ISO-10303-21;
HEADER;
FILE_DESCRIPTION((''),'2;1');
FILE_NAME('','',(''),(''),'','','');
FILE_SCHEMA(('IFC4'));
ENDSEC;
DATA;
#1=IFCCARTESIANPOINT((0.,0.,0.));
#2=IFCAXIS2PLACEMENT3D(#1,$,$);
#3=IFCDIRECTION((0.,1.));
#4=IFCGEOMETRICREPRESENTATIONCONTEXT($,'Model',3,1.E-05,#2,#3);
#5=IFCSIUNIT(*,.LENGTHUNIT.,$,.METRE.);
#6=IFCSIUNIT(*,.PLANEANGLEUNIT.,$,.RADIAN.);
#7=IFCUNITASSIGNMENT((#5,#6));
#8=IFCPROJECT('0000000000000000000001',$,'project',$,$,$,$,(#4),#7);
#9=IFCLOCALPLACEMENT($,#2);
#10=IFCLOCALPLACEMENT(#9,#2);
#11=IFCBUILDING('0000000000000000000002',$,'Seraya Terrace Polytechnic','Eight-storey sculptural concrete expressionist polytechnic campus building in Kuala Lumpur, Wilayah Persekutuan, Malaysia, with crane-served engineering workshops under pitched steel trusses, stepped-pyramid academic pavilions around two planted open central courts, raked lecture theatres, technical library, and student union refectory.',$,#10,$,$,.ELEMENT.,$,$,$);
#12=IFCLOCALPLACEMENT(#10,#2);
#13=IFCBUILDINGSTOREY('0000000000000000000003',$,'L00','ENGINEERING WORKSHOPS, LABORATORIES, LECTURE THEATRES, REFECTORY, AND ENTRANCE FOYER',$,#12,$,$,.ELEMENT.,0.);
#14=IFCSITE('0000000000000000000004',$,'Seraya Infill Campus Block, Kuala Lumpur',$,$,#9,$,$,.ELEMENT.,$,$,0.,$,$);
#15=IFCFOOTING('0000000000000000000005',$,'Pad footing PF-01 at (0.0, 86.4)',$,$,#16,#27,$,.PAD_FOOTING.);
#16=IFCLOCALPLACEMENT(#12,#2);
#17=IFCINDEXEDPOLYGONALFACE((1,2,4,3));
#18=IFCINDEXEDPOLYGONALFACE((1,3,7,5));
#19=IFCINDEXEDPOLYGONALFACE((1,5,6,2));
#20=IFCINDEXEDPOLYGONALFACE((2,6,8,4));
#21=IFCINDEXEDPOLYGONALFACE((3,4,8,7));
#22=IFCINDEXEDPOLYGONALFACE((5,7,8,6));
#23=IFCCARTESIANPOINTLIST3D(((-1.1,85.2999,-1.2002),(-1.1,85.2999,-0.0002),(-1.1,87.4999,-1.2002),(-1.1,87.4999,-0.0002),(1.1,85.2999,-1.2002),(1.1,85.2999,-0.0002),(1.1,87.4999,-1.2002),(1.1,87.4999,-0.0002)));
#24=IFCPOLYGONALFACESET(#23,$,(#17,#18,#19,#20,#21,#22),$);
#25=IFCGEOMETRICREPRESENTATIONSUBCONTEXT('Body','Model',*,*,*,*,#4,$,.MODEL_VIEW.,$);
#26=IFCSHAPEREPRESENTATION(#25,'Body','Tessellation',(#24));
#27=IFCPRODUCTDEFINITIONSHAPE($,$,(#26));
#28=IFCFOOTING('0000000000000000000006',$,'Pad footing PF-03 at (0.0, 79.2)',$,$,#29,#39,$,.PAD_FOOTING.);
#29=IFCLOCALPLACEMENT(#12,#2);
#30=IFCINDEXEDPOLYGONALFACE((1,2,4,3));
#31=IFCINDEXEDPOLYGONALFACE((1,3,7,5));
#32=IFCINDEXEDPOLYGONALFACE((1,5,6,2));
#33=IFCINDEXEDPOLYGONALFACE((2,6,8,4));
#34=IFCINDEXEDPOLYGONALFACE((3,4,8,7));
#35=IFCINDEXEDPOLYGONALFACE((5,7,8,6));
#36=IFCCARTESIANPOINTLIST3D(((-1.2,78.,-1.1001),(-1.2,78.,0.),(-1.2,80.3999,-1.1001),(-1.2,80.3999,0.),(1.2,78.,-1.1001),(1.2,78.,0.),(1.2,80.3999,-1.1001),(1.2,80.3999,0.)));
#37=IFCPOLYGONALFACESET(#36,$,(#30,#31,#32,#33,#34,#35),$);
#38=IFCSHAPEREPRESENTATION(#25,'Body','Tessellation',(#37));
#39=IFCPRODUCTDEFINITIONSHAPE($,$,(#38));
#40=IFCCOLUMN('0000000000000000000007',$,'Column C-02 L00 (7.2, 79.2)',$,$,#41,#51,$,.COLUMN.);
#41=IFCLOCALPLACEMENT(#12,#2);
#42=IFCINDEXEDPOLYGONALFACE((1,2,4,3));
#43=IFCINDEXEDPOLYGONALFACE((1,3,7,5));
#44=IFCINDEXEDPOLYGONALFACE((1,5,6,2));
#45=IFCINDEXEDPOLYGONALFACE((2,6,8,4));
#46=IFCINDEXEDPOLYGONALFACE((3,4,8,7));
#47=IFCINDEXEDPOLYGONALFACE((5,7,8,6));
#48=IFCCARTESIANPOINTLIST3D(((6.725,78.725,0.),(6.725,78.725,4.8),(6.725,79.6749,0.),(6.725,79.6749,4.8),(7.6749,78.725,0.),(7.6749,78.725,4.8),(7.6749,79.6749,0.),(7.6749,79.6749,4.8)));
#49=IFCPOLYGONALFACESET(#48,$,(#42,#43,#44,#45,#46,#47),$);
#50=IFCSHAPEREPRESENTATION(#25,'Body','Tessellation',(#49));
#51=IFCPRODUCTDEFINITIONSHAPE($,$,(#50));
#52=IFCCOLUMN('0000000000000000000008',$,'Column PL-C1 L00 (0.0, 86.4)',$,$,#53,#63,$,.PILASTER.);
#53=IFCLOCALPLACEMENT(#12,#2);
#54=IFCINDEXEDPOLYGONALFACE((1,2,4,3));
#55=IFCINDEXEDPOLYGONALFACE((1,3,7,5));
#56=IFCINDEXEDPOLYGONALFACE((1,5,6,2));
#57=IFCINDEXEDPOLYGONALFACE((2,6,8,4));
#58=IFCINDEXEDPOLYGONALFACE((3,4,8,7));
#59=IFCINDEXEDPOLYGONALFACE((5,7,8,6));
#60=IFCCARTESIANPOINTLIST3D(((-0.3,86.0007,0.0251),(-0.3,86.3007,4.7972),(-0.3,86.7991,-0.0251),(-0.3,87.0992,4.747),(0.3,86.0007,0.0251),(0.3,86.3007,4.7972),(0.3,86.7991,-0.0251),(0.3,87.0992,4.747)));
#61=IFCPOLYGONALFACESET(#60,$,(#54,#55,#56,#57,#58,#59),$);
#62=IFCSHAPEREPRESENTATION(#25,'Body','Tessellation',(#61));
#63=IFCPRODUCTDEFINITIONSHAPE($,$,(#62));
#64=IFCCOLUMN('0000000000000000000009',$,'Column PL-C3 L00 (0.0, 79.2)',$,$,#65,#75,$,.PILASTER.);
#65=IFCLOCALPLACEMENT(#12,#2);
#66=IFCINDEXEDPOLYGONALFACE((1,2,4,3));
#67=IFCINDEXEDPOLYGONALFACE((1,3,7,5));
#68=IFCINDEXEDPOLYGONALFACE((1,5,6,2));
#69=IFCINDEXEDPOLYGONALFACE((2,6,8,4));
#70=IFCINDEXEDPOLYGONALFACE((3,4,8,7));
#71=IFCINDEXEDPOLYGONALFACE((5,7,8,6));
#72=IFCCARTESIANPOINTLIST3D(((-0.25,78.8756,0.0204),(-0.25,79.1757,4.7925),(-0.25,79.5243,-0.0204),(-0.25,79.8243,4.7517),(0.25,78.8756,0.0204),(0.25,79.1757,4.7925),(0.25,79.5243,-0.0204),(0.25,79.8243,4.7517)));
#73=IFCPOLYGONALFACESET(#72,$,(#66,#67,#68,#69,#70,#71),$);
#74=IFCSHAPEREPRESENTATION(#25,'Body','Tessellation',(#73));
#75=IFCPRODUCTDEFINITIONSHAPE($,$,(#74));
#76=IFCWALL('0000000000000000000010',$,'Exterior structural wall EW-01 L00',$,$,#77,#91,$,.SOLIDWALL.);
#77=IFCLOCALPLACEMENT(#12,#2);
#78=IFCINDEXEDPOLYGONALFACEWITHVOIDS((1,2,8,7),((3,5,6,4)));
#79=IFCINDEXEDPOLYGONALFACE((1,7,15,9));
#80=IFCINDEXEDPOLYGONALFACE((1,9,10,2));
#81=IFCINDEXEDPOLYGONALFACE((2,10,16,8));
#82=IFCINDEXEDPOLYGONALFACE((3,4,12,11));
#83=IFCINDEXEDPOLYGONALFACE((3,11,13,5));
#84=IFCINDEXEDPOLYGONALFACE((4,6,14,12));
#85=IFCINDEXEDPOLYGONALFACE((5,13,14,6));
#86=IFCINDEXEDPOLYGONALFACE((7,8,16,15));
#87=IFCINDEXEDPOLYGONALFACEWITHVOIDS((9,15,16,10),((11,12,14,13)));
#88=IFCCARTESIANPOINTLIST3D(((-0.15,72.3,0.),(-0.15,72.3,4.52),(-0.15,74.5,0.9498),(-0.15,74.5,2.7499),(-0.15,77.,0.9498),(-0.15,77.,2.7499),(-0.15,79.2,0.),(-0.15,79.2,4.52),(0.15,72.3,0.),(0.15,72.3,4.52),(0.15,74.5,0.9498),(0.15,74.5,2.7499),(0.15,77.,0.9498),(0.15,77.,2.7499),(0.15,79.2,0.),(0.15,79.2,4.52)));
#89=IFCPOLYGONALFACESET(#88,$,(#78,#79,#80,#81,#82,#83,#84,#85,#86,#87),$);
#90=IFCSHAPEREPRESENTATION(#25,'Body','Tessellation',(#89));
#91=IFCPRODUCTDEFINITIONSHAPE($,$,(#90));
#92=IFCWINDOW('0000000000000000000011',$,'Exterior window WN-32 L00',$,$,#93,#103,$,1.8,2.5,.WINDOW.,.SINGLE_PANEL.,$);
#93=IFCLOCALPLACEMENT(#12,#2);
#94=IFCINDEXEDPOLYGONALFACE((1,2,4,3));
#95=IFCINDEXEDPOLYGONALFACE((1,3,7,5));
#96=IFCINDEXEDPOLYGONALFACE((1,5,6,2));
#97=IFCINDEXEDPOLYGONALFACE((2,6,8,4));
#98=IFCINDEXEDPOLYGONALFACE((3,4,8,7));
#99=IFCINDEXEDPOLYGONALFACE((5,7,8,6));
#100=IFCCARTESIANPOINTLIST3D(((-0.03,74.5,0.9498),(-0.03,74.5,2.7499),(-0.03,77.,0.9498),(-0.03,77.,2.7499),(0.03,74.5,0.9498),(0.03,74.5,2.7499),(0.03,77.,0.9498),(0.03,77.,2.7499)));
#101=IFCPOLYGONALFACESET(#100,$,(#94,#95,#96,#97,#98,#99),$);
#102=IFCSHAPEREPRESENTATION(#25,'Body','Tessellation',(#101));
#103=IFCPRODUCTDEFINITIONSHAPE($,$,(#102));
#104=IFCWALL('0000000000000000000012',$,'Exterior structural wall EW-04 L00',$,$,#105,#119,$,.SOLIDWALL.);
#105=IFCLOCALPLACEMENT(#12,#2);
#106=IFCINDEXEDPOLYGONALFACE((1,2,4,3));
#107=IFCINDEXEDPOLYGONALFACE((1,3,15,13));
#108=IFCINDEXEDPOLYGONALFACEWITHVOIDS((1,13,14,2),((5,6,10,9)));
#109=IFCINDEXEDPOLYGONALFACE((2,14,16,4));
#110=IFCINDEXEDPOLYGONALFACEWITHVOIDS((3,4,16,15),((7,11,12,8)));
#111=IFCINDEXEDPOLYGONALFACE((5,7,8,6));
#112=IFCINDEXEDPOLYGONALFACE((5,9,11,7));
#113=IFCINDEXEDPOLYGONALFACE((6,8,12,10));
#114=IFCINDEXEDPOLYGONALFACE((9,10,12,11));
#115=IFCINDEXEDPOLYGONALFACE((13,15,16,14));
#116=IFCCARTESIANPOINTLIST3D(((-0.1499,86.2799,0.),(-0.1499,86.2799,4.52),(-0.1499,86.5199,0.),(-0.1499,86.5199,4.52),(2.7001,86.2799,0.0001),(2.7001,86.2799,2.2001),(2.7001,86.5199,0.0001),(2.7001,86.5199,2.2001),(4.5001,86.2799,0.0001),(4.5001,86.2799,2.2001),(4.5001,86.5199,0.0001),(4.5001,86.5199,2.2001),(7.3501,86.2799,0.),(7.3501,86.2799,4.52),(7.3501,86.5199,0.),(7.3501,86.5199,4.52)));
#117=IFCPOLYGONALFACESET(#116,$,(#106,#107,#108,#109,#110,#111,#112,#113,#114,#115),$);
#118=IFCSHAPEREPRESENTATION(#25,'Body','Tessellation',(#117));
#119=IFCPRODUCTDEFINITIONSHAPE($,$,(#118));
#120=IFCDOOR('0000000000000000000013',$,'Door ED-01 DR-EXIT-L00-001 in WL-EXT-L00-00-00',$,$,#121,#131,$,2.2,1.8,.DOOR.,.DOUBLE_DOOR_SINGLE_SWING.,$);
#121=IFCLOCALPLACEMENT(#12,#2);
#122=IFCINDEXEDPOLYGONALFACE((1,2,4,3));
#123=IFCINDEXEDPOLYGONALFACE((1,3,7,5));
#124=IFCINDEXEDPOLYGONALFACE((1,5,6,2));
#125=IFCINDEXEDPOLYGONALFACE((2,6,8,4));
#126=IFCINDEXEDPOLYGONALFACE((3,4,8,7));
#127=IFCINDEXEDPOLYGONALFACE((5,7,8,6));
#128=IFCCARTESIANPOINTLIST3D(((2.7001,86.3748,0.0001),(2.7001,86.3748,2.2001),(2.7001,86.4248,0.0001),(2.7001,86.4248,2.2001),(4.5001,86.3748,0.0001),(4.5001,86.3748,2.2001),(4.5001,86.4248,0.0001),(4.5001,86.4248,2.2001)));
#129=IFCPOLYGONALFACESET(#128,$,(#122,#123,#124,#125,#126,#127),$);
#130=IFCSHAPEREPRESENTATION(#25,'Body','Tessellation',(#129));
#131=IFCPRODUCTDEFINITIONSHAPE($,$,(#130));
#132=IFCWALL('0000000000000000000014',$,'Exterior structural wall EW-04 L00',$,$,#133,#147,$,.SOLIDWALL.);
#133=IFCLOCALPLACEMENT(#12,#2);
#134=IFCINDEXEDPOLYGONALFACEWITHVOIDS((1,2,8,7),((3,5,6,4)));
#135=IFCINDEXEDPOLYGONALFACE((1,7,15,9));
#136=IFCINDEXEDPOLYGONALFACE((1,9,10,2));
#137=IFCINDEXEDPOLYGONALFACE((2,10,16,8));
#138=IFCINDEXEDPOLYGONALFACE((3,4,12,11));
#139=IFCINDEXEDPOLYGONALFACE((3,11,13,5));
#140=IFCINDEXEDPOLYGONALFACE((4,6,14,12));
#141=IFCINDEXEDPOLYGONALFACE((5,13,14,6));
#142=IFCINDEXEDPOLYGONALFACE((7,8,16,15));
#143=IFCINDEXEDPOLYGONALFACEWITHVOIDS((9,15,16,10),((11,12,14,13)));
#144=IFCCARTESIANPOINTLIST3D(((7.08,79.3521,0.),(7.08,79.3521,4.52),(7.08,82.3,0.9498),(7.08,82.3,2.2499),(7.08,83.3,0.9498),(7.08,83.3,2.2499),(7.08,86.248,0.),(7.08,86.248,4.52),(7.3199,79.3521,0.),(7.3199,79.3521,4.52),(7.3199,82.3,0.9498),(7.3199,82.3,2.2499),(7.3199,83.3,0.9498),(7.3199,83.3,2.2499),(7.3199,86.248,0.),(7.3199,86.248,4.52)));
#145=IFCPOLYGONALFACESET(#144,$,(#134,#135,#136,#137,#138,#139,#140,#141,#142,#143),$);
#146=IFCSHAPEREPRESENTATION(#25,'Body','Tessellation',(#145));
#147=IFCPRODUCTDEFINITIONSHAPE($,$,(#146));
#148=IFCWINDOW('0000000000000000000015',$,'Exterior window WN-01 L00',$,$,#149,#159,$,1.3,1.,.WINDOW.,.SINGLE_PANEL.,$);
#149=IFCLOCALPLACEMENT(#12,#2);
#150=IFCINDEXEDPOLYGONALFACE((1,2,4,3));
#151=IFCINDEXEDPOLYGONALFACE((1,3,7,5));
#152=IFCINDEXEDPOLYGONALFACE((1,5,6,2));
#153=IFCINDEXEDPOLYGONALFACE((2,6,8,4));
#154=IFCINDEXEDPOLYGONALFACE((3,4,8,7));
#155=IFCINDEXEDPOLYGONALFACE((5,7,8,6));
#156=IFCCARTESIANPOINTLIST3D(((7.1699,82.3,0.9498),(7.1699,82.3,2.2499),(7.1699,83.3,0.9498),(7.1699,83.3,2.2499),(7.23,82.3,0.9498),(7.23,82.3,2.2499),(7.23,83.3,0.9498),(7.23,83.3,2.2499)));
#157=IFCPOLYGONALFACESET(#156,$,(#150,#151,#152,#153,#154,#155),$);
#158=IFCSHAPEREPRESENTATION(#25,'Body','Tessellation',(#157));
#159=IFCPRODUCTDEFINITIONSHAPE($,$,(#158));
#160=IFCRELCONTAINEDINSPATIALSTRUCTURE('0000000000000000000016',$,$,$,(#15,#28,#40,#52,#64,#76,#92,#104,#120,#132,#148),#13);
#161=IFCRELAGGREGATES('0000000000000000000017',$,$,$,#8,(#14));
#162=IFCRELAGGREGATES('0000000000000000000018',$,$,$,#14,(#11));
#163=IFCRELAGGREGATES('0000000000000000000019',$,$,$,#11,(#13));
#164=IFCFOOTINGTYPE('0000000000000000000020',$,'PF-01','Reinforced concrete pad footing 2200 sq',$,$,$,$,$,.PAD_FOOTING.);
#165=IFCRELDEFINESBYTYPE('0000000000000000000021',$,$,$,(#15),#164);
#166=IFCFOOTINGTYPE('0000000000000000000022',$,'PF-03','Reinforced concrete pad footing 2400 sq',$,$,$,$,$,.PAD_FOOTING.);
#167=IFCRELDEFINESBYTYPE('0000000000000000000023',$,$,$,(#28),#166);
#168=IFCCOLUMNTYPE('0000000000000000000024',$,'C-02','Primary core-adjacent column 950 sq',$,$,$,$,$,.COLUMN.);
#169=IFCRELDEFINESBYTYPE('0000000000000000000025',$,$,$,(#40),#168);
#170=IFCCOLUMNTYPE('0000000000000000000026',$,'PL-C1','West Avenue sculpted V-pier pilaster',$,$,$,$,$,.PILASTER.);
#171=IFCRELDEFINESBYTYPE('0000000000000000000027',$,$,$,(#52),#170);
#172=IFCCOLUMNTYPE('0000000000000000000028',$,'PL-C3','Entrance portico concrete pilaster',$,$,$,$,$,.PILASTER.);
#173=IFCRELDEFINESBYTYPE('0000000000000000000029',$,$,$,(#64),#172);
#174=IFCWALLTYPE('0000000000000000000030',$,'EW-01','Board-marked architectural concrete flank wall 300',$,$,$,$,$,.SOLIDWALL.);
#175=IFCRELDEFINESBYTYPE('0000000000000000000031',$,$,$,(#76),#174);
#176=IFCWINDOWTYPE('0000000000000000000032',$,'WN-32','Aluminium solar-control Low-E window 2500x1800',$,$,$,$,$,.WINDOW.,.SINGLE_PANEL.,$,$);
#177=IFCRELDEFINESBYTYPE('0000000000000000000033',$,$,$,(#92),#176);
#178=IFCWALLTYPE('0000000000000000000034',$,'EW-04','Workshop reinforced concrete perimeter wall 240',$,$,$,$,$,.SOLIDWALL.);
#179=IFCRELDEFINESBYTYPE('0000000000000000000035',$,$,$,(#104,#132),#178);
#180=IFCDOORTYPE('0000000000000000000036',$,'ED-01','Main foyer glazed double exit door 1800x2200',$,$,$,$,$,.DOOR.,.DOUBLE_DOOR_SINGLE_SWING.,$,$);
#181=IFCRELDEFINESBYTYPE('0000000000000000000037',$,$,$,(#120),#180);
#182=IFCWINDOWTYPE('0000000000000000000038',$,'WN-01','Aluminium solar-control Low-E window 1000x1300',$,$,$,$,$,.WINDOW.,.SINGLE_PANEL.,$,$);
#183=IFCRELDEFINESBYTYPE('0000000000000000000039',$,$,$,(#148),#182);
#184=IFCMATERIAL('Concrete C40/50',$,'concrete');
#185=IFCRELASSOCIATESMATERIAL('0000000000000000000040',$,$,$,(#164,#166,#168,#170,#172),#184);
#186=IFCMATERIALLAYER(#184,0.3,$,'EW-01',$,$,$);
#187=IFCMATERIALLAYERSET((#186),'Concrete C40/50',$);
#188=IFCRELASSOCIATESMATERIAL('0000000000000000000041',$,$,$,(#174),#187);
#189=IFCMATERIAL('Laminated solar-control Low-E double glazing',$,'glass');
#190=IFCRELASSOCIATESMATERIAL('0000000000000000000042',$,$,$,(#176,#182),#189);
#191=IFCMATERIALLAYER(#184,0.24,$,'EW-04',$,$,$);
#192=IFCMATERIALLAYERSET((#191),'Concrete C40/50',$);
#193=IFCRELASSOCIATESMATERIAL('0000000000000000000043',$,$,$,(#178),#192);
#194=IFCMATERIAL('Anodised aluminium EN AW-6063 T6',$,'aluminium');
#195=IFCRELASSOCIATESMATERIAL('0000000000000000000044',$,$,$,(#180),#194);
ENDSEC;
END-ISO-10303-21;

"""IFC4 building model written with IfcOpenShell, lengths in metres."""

from ifc_helpers import new_model, si_unit, direction, frame, frame_2d, origin, origin_2d, place, context, subcontext, project, spatial, rectangle, extrude, material, layer, layer_set, material_profile, profile_set, type_object, element, fill, save


model = new_model("IFC4")

# Units and contexts
model_context = context("Model", 3, precision=1e-05, world=origin(), true_north=direction((0.0, 1.0)))
body_context = subcontext(model_context, "Body", "Model", "MODEL_VIEW")
ifc_project = project(units=[si_unit("LENGTHUNIT", "METRE"), si_unit("PLANEANGLEUNIT", "RADIAN")], contexts=[model_context])

# Site, building, storey
site_placement = place(None, origin())
site = spatial("IfcSite", under=ifc_project, at=site_placement, Name="Seraya Infill Campus Block, Kuala Lumpur", CompositionType="ELEMENT", RefElevation=0.0)
building_placement = place(site_placement, origin())
building = spatial("IfcBuilding", under=site, at=building_placement, Name="Seraya Terrace Polytechnic", Description="Eight-storey sculptural concrete expressionist polytechnic campus building in Kuala Lumpur, Wilayah Persekutuan, Malaysia, with crane-served engineering workshops under pitched steel trusses, stepped-pyramid academic pavilions around two planted open central courts, raked lecture theatres, technical library, and student union refectory.", CompositionType="ELEMENT")
storey_placement = place(building_placement, origin())
storey = spatial("IfcBuildingStorey", under=building, at=storey_placement, Name="L00", Description="ENGINEERING WORKSHOPS, LABORATORIES, LECTURE THEATRES, REFECTORY, AND ENTRANCE FOYER", CompositionType="ELEMENT", Elevation=0.0)

# Shared definitions
ifc_material_1 = material(Name="Concrete C40/50", Category="concrete")

# Footings
footing_type_1 = type_object("IfcFootingType", Name="PF-01", Description="Reinforced concrete pad footing 2200 sq", PredefinedType="PAD_FOOTING", material=ifc_material_1)
footing_1_placement = place(storey_placement, frame((0.0, 86.3999, -1.2002), z_axis=(0.0, 0.0, 1.0), x_axis=(1.0, 0.0, 0.0)))
element("IfcFooting", 1, at=footing_1_placement, inside=storey, type_object=footing_type_1, Name="Pad footing PF-01 at (0.0, 86.4)", PredefinedType="PAD_FOOTING", context=body_context, shape_type="SweptSolid", body=[
    extrude(rectangle(XDim=2.2, YDim=2.2, at=origin_2d()), origin(), (0.0, 0.0, 1.0), 1.2),
])
footing_type_2 = type_object("IfcFootingType", Name="PF-03", Description="Reinforced concrete pad footing 2400 sq", PredefinedType="PAD_FOOTING", material=ifc_material_1)
footing_2_placement = place(storey_placement, frame((0.0, 79.2, -1.1001), z_axis=(0.0, 0.0, 1.0), x_axis=(1.0, 0.0, 0.0)))
element("IfcFooting", 2, at=footing_2_placement, inside=storey, type_object=footing_type_2, Name="Pad footing PF-03 at (0.0, 79.2)", PredefinedType="PAD_FOOTING", context=body_context, shape_type="SweptSolid", body=[
    extrude(rectangle(XDim=2.3999, YDim=2.3999, at=origin_2d()), origin(), (0.0, 0.0, 1.0), 1.1001),
])

# Columns
ifc_material_profile_1 = material_profile(ifc_material_1, rectangle(XDim=0.95, YDim=0.95, at=origin_2d()), Name="RC 950x950")
ifc_profile_set_1 = profile_set([ifc_material_profile_1], Name="Concrete C40/50")
column_type_1 = type_object("IfcColumnType", Name="C-02", Description="Primary core-adjacent column 950 sq", PredefinedType="COLUMN", material=ifc_profile_set_1)
column_1_placement = place(storey_placement, frame((7.2, 79.2, 0.0), z_axis=(0.0, 0.0, 1.0), x_axis=(1.0, 0.0, 0.0)))
element("IfcColumn", 3, at=column_1_placement, inside=storey, type_object=column_type_1, Name="Column C-02 L00 (7.2, 79.2)", PredefinedType="COLUMN", context=body_context, shape_type="SweptSolid", body=[
    extrude(rectangle(XDim=0.95, YDim=0.95, at=origin_2d()), origin(), (0.0, 0.0, 1.0), 4.8),
])
ifc_material_profile_2 = material_profile(ifc_material_1, rectangle(XDim=0.6001, YDim=0.8, at=origin_2d()), Name="RC 600x800")
ifc_profile_set_2 = profile_set([ifc_material_profile_2], Name="Concrete C40/50")
column_type_2 = type_object("IfcColumnType", Name="PL-C1", Description="West Avenue sculpted V-pier pilaster", PredefinedType="PILASTER", material=ifc_profile_set_2)
column_2_placement = place(storey_placement, frame((0.0, 86.3999, 0.0), z_axis=(0.0, 0.062753, 0.998029), x_axis=(-1.0, 0.0, 0.0)))
element("IfcColumn", 4, at=column_2_placement, inside=storey, type_object=column_type_2, Name="Column PL-C1 L00 (0.0, 86.4)", PredefinedType="PILASTER", context=body_context, shape_type="SweptSolid", body=[
    extrude(rectangle(XDim=0.6001, YDim=0.8, at=origin_2d()), origin(), (0.0, 0.0, 1.0), 4.7815),
])
ifc_material_profile_3 = material_profile(ifc_material_1, rectangle(XDim=0.5, YDim=0.6499, at=origin_2d()), Name="RC 500x650")
ifc_profile_set_3 = profile_set([ifc_material_profile_3], Name="Concrete C40/50")
column_type_3 = type_object("IfcColumnType", Name="PL-C3", Description="Entrance portico concrete pilaster", PredefinedType="PILASTER", material=ifc_profile_set_3)
column_3_placement = place(storey_placement, frame((0.0, 79.2, 0.0), z_axis=(0.0, 0.062753, 0.998029), x_axis=(-1.0, 0.0, 0.0)))
element("IfcColumn", 5, at=column_3_placement, inside=storey, type_object=column_type_3, Name="Column PL-C3 L00 (0.0, 79.2)", PredefinedType="PILASTER", context=body_context, shape_type="SweptSolid", body=[
    extrude(rectangle(XDim=0.5, YDim=0.6499, at=origin_2d()), origin(), (0.0, 0.0, 1.0), 4.7815),
])

# Wall, opening, window
ifc_layer_1 = layer(ifc_material_1, 0.3, Name="EW-01")
ifc_layer_set_1 = layer_set([ifc_layer_1], Name="Concrete C40/50")
wall_type_1 = type_object("IfcWallType", Name="EW-01", Description="Board-marked architectural concrete flank wall 300", PredefinedType="SOLIDWALL", material=ifc_layer_set_1)
wall_1_placement = place(storey_placement, frame((0.0, 72.3, 0.0), z_axis=(0.0, 0.0, 1.0), x_axis=(0.0, 1.0, 0.0)))
wall_1 = element("IfcWall", 6, at=wall_1_placement, inside=storey, type_object=wall_type_1, Name="Exterior structural wall EW-01 L00", PredefinedType="SOLIDWALL", context=body_context, shape_type="SweptSolid", body=[
    extrude(rectangle(XDim=6.8999, YDim=0.3, at=frame_2d((3.45, 0.0))), origin(), (0.0, 0.0, 1.0), 4.52),
])
opening_1_placement = place(wall_1_placement, frame((2.2, 0.0, 0.95)))
opening_1 = element("IfcOpeningElement", 7, at=opening_1_placement, cuts=wall_1, PredefinedType="OPENING", context=body_context, shape_type="SweptSolid", body=[
    extrude(rectangle(XDim=2.5, YDim=1.8, at=frame_2d((1.25, 0.8999))), frame((0.0, 0.1621, 0.0), z_axis=(0.0, -1.0, 0.0), x_axis=(1.0, 0.0, 0.0)), (0.0, 0.0, 1.0), 0.324),
])
ifc_material_2 = material(Name="Laminated solar-control Low-E double glazing", Category="glass")
window_type_1 = type_object("IfcWindowType", Name="WN-32", Description="Aluminium solar-control Low-E window 2500x1800", PartitioningType="SINGLE_PANEL", PredefinedType="WINDOW", material=ifc_material_2)
window_1_placement = place(opening_1_placement, origin())
window_1 = element("IfcWindow", 8, at=window_1_placement, inside=storey, type_object=window_type_1, Name="Exterior window WN-32 L00", OverallHeight=1.8, OverallWidth=2.5, PartitioningType="SINGLE_PANEL", PredefinedType="WINDOW", context=body_context, shape_type="SweptSolid", body=[
    extrude(rectangle(XDim=2.5, YDim=1.8, at=frame_2d((1.25, 0.8999))), frame((0.0, 0.03, 0.0), z_axis=(0.0, -1.0, 0.0), x_axis=(1.0, 0.0, 0.0)), (0.0, 0.0, 1.0), 0.0601),
])
fill(opening_1, window_1)

# Wall, opening, door
ifc_layer_2 = layer(ifc_material_1, 0.24, Name="EW-04")
ifc_layer_set_2 = layer_set([ifc_layer_2], Name="Concrete C40/50")
wall_type_2 = type_object("IfcWallType", Name="EW-04", Description="Workshop reinforced concrete perimeter wall 240", PredefinedType="SOLIDWALL", material=ifc_layer_set_2)
wall_2_placement = place(storey_placement, frame((-0.1499, 86.3999, 0.0), z_axis=(0.0, 0.0, 1.0), x_axis=(1.0, 0.0, 0.0)))
wall_2 = element("IfcWall", 9, at=wall_2_placement, inside=storey, type_object=wall_type_2, Name="Exterior structural wall EW-04 L00", PredefinedType="SOLIDWALL", context=body_context, shape_type="SweptSolid", body=[
    extrude(rectangle(XDim=7.5, YDim=0.24, at=frame_2d((3.75, 0.0))), origin(), (0.0, 0.0, 1.0), 4.52),
])
opening_2_placement = place(wall_2_placement, frame((2.8501, 0.0, 0.0)))
opening_2 = element("IfcOpeningElement", 10, at=opening_2_placement, cuts=wall_2, PredefinedType="OPENING", context=body_context, shape_type="SweptSolid", body=[
    extrude(rectangle(XDim=1.8, YDim=2.2, at=frame_2d((0.8999, 1.1001))), frame((0.0, 0.1318, 0.0), z_axis=(0.0, -1.0, 0.0), x_axis=(1.0, 0.0, 0.0)), (0.0, 0.0, 1.0), 0.2639),
])
ifc_material_3 = material(Name="Anodised aluminium EN AW-6063 T6", Category="aluminium")
door_type_1 = type_object("IfcDoorType", Name="ED-01", Description="Main foyer glazed double exit door 1800x2200", OperationType="DOUBLE_DOOR_SINGLE_SWING", PredefinedType="DOOR", material=ifc_material_3)
door_1_placement = place(opening_2_placement, origin())
door_1 = element("IfcDoor", 11, at=door_1_placement, inside=storey, type_object=door_type_1, Name="Door ED-01 DR-EXIT-L00-001 in WL-EXT-L00-00-00", OperationType="DOUBLE_DOOR_SINGLE_SWING", OverallHeight=2.2, OverallWidth=1.8, PredefinedType="DOOR", context=body_context, shape_type="SweptSolid", body=[
    extrude(rectangle(XDim=1.8, YDim=2.2, at=frame_2d((0.8999, 1.1001))), frame((0.0, 0.0249, 0.0), z_axis=(0.0, -1.0, 0.0), x_axis=(1.0, 0.0, 0.0)), (0.0, 0.0, 1.0), 0.05),
])
fill(opening_2, door_1)

# Wall, opening, window
wall_3_placement = place(storey_placement, frame((7.2, 86.248, 0.0), z_axis=(0.0, 0.0, 1.0), x_axis=(0.0, -1.0, 0.0)))
wall_3 = element("IfcWall", 12, at=wall_3_placement, inside=storey, type_object=wall_type_2, Name="Exterior structural wall EW-04 L00", PredefinedType="SOLIDWALL", context=body_context, shape_type="SweptSolid", body=[
    extrude(rectangle(XDim=6.896, YDim=0.24, at=frame_2d((3.448, 0.0))), origin(), (0.0, 0.0, 1.0), 4.52),
])
opening_3_placement = place(wall_3_placement, frame((2.948, 0.0, 0.95)))
opening_3 = element("IfcOpeningElement", 13, at=opening_3_placement, cuts=wall_3, PredefinedType="OPENING", context=body_context, shape_type="SweptSolid", body=[
    extrude(rectangle(XDim=1.0, YDim=1.3, at=frame_2d((0.5, 0.6499))), frame((0.0, 0.1318, 0.0), z_axis=(0.0, -1.0, 0.0), x_axis=(1.0, 0.0, 0.0)), (0.0, 0.0, 1.0), 0.2639),
])
window_type_2 = type_object("IfcWindowType", Name="WN-01", Description="Aluminium solar-control Low-E window 1000x1300", PartitioningType="SINGLE_PANEL", PredefinedType="WINDOW", material=ifc_material_2)
window_2_placement = place(opening_3_placement, origin())
window_2 = element("IfcWindow", 14, at=window_2_placement, inside=storey, type_object=window_type_2, Name="Exterior window WN-01 L00", OverallHeight=1.3, OverallWidth=1.0, PartitioningType="SINGLE_PANEL", PredefinedType="WINDOW", context=body_context, shape_type="SweptSolid", body=[
    extrude(rectangle(XDim=1.0, YDim=1.3, at=frame_2d((0.5, 0.6499))), frame((0.0, 0.03, 0.0), z_axis=(0.0, -1.0, 0.0), x_axis=(1.0, 0.0, 0.0)), (0.0, 0.0, 1.0), 0.0601),
])
fill(opening_3, window_2)

save(model, "model.ifc")
